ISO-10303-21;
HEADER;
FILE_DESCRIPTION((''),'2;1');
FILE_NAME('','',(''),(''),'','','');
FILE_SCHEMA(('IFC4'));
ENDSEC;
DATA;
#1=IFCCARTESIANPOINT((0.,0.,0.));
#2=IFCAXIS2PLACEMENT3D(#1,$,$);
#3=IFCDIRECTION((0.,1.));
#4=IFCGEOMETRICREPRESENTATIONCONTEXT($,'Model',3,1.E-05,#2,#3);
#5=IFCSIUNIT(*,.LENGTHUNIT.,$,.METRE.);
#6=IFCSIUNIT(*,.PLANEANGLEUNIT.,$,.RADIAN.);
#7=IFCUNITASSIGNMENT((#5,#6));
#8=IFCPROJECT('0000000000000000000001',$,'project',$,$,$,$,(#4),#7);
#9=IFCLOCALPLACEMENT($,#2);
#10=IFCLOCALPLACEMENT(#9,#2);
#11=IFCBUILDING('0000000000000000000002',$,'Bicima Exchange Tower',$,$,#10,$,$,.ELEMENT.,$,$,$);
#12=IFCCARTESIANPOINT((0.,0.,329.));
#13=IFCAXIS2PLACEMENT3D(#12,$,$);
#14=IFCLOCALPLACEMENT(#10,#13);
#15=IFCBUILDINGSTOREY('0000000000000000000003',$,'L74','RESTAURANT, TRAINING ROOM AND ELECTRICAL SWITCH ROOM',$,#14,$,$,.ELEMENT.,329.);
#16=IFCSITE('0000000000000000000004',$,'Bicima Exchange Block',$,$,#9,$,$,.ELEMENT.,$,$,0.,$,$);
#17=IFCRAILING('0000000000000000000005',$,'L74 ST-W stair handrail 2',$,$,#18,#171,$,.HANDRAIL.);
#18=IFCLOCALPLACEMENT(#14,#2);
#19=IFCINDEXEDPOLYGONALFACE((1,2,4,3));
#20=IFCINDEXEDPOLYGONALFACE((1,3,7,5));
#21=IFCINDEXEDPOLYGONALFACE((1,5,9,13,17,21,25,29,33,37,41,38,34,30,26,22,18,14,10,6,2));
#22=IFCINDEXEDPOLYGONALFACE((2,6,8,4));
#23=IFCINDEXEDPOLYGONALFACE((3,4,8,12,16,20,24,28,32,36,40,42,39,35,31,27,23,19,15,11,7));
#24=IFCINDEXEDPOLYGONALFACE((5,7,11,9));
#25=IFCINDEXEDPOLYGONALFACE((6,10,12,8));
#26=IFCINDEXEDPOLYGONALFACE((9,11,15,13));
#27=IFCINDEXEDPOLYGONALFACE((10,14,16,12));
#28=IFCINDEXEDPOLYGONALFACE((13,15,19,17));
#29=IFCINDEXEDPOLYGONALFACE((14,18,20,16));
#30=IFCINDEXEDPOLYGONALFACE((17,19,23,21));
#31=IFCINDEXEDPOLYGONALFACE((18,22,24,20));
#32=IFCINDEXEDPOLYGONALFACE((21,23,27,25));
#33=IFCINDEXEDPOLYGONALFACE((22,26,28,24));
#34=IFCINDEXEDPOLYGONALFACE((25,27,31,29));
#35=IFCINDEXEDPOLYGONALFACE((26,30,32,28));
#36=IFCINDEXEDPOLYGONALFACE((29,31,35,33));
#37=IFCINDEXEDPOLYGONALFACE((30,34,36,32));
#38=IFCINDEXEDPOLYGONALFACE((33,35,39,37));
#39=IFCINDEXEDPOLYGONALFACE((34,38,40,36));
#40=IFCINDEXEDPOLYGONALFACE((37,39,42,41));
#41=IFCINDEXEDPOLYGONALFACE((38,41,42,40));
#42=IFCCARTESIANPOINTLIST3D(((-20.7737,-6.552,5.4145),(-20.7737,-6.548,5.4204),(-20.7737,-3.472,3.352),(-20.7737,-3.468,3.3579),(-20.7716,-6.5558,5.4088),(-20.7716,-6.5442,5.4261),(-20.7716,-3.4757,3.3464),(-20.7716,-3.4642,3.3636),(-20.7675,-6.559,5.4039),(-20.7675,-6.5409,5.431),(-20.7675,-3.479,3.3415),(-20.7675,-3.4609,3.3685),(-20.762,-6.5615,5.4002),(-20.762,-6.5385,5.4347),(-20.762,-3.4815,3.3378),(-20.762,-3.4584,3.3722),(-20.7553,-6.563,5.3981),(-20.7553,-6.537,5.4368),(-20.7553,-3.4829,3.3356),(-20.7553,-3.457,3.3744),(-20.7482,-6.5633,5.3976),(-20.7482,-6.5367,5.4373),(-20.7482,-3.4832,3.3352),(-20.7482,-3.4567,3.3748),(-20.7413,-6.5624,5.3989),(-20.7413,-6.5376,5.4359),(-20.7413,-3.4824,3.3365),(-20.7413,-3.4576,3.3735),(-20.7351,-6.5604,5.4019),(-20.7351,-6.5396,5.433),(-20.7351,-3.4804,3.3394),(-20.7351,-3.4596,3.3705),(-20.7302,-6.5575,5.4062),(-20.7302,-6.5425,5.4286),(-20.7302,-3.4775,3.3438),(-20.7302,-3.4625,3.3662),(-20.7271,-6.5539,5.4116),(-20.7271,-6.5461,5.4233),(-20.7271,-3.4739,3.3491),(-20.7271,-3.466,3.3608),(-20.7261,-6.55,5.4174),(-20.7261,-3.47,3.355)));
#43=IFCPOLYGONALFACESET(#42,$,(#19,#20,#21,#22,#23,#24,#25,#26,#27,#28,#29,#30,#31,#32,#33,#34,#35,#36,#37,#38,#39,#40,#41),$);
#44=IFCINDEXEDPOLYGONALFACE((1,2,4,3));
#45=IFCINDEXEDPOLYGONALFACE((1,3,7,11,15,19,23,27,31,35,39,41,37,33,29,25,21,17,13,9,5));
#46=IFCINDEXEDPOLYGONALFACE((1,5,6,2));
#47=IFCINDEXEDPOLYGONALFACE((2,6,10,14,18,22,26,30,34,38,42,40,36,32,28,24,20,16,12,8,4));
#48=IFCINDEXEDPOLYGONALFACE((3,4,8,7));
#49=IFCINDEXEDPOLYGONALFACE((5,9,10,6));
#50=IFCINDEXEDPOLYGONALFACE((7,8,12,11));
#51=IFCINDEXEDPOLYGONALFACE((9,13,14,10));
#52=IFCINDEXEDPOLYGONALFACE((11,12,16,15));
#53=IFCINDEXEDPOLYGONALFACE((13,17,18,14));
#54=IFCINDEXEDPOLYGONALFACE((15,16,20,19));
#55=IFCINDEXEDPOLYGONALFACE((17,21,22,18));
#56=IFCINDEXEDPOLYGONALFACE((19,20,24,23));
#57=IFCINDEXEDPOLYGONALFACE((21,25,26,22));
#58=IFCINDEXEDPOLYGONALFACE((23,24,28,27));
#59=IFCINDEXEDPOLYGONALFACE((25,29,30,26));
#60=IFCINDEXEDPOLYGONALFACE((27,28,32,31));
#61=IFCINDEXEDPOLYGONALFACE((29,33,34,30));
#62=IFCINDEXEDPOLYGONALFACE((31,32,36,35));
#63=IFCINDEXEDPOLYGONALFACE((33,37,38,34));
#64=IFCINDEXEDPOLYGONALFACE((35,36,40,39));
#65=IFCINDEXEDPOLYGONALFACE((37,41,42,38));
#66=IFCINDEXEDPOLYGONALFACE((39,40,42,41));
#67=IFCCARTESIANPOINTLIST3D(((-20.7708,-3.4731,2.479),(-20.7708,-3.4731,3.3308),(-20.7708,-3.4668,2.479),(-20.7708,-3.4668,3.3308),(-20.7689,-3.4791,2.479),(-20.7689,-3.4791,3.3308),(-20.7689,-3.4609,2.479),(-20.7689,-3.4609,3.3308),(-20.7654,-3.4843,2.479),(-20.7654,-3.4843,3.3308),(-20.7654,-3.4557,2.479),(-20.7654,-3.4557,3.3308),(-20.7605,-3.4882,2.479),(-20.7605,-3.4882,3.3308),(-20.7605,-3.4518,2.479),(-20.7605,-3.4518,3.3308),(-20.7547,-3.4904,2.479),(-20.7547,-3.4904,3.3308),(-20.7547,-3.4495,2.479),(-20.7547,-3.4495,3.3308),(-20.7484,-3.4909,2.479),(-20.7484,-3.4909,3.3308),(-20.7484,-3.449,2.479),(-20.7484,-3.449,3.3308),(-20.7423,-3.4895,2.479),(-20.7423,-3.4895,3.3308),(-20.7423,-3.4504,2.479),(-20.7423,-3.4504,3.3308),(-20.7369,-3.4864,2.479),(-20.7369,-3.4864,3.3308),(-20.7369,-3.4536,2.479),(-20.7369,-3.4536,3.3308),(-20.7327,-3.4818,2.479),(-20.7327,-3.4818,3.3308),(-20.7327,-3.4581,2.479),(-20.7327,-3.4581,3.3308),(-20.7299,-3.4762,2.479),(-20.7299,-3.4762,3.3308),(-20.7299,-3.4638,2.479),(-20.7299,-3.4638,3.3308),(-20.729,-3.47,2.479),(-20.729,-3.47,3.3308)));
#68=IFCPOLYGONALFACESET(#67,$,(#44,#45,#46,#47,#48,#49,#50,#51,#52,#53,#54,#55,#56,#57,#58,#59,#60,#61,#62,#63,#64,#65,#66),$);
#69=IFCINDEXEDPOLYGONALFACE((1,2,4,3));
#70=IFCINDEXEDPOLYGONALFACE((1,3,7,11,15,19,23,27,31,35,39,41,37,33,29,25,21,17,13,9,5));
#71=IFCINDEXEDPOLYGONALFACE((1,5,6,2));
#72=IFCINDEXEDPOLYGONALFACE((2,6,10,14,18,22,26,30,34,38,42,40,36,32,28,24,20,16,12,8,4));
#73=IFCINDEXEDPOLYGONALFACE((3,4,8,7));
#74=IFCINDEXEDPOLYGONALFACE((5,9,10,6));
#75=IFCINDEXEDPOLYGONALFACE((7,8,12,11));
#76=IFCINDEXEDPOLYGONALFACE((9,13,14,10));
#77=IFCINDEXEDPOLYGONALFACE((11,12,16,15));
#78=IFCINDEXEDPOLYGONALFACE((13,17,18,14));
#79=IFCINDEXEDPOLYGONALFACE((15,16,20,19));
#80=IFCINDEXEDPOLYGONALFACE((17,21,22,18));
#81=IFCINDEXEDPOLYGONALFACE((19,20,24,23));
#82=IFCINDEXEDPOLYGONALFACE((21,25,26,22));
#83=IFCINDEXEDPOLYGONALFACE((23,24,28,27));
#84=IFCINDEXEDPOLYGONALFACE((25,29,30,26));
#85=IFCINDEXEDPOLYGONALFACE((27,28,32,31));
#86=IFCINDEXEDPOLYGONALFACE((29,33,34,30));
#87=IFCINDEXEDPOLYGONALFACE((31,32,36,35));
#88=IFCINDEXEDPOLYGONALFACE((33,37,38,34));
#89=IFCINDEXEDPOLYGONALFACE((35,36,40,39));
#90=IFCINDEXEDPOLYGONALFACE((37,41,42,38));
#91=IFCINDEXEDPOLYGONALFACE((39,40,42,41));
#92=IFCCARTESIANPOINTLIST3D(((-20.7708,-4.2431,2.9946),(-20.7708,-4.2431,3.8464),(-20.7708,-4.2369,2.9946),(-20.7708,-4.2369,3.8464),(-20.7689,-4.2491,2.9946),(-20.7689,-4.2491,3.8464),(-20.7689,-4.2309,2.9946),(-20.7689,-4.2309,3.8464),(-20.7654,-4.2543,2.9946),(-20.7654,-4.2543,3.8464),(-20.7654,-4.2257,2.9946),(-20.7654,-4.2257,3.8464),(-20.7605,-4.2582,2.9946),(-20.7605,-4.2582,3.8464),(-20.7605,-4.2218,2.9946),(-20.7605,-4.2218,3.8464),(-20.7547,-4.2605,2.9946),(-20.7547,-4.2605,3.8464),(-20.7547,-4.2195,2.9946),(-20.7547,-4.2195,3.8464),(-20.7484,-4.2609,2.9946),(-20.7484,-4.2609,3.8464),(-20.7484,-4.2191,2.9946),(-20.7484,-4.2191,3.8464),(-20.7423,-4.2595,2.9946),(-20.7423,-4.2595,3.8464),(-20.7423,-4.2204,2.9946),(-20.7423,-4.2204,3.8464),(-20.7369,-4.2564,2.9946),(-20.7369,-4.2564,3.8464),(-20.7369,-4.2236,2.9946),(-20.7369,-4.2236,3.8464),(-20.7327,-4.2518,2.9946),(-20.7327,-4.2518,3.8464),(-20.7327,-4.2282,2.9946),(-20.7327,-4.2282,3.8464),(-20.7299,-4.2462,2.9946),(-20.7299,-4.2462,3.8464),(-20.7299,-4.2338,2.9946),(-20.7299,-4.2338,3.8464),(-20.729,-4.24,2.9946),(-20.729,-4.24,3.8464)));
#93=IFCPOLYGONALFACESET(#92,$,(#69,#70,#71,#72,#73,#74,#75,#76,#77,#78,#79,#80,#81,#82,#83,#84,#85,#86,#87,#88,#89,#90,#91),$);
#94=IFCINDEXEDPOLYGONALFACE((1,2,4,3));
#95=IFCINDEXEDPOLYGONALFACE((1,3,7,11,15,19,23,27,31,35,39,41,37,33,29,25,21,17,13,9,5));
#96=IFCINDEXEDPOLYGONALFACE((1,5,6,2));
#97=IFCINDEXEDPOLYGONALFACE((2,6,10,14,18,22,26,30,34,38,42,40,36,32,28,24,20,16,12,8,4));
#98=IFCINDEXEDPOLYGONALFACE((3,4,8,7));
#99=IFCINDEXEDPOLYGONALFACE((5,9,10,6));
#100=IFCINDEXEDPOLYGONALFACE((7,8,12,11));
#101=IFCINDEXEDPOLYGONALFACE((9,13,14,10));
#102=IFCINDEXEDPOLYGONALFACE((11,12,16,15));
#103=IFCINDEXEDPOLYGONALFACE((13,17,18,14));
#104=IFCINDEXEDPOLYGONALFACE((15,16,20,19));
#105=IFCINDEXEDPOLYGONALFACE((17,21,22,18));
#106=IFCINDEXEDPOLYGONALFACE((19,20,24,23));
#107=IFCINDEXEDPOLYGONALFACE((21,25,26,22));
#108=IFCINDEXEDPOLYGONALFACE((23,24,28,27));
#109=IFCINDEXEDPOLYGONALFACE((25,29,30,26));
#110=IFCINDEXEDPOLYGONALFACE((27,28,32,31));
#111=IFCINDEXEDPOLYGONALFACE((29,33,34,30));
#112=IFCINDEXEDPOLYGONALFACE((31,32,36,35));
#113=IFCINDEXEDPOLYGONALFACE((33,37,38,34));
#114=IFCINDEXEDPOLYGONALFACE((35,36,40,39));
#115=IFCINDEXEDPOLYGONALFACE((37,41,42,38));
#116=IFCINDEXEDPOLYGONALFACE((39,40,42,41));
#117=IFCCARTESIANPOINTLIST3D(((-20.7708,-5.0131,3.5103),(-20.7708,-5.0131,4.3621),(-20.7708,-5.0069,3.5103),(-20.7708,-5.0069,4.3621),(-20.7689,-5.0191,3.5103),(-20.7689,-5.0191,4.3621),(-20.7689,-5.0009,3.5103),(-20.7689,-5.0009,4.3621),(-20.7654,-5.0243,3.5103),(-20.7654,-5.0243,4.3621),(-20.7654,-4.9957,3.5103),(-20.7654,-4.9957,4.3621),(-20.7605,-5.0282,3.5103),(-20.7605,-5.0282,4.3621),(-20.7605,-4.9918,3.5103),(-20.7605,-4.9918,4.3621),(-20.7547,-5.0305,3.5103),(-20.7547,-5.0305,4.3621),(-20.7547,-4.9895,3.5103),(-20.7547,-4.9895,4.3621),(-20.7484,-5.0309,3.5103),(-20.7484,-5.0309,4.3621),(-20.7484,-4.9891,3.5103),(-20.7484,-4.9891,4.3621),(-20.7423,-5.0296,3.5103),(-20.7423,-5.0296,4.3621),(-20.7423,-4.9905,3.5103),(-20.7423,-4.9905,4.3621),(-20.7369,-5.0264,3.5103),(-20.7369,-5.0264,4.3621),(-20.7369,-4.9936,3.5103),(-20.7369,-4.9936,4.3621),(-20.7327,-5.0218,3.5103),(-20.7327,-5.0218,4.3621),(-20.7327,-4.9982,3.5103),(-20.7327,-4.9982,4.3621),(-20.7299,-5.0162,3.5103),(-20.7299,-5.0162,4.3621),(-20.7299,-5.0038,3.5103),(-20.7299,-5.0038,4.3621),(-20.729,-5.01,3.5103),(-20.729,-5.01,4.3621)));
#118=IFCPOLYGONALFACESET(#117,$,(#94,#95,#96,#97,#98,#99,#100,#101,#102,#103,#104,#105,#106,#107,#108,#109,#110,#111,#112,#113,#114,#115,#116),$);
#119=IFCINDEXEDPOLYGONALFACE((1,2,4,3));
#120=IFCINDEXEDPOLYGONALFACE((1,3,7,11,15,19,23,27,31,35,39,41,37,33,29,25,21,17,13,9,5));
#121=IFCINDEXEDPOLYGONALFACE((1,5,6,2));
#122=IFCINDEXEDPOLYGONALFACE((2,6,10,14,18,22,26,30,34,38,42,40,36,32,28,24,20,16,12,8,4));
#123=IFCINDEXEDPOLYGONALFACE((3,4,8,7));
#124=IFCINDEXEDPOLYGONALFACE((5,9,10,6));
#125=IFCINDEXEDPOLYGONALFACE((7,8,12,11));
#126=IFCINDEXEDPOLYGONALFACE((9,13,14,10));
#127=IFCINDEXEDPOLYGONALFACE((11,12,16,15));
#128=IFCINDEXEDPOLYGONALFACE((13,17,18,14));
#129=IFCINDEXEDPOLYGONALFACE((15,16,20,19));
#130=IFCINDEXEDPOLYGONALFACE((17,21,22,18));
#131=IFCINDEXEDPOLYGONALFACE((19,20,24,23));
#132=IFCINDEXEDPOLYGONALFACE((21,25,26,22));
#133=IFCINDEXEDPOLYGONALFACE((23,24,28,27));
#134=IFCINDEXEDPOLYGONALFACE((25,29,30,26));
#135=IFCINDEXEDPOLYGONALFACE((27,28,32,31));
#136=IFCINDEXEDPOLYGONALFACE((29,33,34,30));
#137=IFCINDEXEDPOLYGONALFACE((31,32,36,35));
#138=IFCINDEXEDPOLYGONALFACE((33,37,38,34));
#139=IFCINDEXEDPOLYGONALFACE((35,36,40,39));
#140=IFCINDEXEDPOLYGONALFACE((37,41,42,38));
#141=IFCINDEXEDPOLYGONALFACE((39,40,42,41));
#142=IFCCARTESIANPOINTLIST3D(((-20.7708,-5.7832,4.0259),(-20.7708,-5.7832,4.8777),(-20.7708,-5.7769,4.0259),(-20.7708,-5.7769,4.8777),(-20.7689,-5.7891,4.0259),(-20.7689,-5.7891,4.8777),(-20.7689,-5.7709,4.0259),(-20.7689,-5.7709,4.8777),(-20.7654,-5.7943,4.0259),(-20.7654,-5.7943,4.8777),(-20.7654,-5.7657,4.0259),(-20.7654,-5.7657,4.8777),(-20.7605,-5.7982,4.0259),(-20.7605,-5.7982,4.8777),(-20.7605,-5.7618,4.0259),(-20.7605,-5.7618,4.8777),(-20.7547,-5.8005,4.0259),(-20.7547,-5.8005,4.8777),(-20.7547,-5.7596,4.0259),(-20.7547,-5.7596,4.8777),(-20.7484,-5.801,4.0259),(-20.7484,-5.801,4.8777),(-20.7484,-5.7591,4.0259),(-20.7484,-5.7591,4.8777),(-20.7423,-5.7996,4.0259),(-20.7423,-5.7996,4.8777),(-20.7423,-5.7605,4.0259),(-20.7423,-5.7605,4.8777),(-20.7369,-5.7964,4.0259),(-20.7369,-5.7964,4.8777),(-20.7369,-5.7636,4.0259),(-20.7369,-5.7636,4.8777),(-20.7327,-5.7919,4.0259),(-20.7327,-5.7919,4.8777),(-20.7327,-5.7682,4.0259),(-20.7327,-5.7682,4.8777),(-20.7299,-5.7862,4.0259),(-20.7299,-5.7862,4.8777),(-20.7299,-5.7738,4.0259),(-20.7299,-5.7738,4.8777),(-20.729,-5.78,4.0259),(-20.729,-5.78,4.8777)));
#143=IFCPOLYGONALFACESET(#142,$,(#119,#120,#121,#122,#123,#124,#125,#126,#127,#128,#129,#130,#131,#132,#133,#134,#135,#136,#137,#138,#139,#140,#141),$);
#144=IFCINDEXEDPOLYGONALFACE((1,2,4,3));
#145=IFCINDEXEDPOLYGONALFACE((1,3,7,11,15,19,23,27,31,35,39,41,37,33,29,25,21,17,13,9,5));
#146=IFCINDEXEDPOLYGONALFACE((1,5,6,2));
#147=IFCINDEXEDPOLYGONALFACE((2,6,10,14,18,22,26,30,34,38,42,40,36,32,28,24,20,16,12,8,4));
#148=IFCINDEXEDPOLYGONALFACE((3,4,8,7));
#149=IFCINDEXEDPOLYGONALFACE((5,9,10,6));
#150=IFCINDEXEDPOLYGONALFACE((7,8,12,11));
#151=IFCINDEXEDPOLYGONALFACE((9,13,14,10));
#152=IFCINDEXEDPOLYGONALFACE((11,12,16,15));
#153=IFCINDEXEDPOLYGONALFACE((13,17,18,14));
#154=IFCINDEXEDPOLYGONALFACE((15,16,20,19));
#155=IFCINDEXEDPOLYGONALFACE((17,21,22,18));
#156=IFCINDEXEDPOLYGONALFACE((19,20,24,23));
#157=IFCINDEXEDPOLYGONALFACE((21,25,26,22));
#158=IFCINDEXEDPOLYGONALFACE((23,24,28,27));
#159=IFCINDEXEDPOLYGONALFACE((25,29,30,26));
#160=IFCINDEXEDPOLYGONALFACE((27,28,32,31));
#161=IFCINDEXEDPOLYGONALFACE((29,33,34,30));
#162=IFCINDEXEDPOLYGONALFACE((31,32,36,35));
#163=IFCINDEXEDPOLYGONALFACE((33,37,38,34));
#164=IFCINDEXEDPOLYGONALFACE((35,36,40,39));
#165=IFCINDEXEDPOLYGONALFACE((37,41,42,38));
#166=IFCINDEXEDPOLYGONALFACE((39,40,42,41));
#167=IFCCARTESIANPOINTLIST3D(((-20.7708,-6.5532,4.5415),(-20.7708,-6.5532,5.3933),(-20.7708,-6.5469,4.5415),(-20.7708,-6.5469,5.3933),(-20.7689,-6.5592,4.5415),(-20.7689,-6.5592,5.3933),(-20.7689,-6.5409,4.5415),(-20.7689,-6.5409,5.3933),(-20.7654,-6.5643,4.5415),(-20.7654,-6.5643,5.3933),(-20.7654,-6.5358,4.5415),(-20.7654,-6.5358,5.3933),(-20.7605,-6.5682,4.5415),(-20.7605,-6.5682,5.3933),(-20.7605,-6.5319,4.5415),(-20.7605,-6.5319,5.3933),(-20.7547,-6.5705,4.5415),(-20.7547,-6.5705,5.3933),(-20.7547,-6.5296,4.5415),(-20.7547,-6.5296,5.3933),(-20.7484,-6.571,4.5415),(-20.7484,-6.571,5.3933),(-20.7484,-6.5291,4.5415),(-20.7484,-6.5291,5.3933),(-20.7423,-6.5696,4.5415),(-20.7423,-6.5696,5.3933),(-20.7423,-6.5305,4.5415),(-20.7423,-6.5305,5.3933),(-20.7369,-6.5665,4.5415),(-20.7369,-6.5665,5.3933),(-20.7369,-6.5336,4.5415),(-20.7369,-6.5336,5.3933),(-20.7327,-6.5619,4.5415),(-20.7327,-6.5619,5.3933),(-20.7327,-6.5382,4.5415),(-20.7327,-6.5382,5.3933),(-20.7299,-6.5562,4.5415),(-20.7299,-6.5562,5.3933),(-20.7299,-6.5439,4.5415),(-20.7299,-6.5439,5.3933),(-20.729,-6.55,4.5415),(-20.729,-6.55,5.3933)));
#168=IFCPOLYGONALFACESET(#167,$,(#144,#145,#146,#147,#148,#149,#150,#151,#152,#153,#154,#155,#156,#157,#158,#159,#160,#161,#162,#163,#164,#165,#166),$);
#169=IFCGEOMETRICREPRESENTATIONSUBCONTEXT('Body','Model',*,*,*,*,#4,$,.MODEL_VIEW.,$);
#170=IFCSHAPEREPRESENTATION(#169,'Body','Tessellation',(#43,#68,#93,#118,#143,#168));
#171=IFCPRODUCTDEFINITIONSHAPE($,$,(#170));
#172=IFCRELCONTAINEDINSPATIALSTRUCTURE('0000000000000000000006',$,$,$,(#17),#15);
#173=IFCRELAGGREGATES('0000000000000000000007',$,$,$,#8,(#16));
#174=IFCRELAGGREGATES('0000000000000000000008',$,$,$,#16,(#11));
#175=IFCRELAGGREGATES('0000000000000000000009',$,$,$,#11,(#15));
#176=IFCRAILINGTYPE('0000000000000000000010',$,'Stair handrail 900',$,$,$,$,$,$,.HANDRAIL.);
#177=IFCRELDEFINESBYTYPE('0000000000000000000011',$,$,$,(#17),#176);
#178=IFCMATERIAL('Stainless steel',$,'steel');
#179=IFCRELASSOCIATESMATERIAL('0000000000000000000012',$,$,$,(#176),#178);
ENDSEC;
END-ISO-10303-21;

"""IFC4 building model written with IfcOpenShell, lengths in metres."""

from ifc_helpers import new_model, si_unit, direction, frame, origin, origin_2d, place, context, subcontext, project, spatial, circle, extrude, material, type_object, element, save


model = new_model("IFC4")

# Units and contexts
model_context = context("Model", 3, precision=1e-05, world=origin(), true_north=direction((0.0, 1.0)))
body_context = subcontext(model_context, "Body", "Model", "MODEL_VIEW")
ifc_project = project(units=[si_unit("LENGTHUNIT", "METRE"), si_unit("PLANEANGLEUNIT", "RADIAN")], contexts=[model_context])

# Site, building, storey
site_placement = place(None, origin())
site = spatial("IfcSite", under=ifc_project, at=site_placement, Name="Bicima Exchange Block", CompositionType="ELEMENT", RefElevation=0.0)
building_placement = place(site_placement, origin())
building = spatial("IfcBuilding", under=site, at=building_placement, Name="Bicima Exchange Tower", CompositionType="ELEMENT")
storey_placement = place(building_placement, frame((0.0, 0.0, 329.0)))
storey = spatial("IfcBuildingStorey", under=building, at=storey_placement, Name="L74", Description="RESTAURANT, TRAINING ROOM AND ELECTRICAL SWITCH ROOM", CompositionType="ELEMENT", Elevation=329.0)

# Shared definitions
ifc_material_1 = material(Name="Stainless steel", Category="steel")

# Railing
railing_type_1 = type_object("IfcRailingType", Name="Stair handrail 900", PredefinedType="HANDRAIL", material=ifc_material_1)
railing_1_placement = place(storey_placement, frame((-20.75, -3.47, 2.479)))
element("IfcRailing", 1, at=railing_1_placement, inside=storey, type_object=railing_type_1, Name="L74 ST-W stair handrail 2", PredefinedType="HANDRAIL", context=body_context, shape_type="SweptSolid", body=[
    extrude(circle(Radius=0.0239, at=origin_2d()), frame((0.0, 0.0, 0.876), z_axis=(0.0, -0.830914, 0.556401), x_axis=(1.0, 0.0, 0.0)), (0.0, 0.0, 1.0), 3.7068),
    extrude(circle(Radius=0.021, at=origin_2d()), origin(), (0.0, 0.0, 1.0), 0.8518),
    extrude(circle(Radius=0.021, at=origin_2d()), frame((0.0, -0.77, 0.5156)), (0.0, 0.0, 1.0), 0.8518),
    extrude(circle(Radius=0.021, at=origin_2d()), frame((0.0, -1.54, 1.0312)), (0.0, 0.0, 1.0), 0.8518),
    extrude(circle(Radius=0.021, at=origin_2d()), frame((0.0, -2.3101, 1.5469)), (0.0, 0.0, 1.0), 0.8518),
    extrude(circle(Radius=0.021, at=origin_2d()), frame((0.0, -3.0801, 2.0625)), (0.0, 0.0, 1.0), 0.8518),
])

save(model, "model.ifc")
